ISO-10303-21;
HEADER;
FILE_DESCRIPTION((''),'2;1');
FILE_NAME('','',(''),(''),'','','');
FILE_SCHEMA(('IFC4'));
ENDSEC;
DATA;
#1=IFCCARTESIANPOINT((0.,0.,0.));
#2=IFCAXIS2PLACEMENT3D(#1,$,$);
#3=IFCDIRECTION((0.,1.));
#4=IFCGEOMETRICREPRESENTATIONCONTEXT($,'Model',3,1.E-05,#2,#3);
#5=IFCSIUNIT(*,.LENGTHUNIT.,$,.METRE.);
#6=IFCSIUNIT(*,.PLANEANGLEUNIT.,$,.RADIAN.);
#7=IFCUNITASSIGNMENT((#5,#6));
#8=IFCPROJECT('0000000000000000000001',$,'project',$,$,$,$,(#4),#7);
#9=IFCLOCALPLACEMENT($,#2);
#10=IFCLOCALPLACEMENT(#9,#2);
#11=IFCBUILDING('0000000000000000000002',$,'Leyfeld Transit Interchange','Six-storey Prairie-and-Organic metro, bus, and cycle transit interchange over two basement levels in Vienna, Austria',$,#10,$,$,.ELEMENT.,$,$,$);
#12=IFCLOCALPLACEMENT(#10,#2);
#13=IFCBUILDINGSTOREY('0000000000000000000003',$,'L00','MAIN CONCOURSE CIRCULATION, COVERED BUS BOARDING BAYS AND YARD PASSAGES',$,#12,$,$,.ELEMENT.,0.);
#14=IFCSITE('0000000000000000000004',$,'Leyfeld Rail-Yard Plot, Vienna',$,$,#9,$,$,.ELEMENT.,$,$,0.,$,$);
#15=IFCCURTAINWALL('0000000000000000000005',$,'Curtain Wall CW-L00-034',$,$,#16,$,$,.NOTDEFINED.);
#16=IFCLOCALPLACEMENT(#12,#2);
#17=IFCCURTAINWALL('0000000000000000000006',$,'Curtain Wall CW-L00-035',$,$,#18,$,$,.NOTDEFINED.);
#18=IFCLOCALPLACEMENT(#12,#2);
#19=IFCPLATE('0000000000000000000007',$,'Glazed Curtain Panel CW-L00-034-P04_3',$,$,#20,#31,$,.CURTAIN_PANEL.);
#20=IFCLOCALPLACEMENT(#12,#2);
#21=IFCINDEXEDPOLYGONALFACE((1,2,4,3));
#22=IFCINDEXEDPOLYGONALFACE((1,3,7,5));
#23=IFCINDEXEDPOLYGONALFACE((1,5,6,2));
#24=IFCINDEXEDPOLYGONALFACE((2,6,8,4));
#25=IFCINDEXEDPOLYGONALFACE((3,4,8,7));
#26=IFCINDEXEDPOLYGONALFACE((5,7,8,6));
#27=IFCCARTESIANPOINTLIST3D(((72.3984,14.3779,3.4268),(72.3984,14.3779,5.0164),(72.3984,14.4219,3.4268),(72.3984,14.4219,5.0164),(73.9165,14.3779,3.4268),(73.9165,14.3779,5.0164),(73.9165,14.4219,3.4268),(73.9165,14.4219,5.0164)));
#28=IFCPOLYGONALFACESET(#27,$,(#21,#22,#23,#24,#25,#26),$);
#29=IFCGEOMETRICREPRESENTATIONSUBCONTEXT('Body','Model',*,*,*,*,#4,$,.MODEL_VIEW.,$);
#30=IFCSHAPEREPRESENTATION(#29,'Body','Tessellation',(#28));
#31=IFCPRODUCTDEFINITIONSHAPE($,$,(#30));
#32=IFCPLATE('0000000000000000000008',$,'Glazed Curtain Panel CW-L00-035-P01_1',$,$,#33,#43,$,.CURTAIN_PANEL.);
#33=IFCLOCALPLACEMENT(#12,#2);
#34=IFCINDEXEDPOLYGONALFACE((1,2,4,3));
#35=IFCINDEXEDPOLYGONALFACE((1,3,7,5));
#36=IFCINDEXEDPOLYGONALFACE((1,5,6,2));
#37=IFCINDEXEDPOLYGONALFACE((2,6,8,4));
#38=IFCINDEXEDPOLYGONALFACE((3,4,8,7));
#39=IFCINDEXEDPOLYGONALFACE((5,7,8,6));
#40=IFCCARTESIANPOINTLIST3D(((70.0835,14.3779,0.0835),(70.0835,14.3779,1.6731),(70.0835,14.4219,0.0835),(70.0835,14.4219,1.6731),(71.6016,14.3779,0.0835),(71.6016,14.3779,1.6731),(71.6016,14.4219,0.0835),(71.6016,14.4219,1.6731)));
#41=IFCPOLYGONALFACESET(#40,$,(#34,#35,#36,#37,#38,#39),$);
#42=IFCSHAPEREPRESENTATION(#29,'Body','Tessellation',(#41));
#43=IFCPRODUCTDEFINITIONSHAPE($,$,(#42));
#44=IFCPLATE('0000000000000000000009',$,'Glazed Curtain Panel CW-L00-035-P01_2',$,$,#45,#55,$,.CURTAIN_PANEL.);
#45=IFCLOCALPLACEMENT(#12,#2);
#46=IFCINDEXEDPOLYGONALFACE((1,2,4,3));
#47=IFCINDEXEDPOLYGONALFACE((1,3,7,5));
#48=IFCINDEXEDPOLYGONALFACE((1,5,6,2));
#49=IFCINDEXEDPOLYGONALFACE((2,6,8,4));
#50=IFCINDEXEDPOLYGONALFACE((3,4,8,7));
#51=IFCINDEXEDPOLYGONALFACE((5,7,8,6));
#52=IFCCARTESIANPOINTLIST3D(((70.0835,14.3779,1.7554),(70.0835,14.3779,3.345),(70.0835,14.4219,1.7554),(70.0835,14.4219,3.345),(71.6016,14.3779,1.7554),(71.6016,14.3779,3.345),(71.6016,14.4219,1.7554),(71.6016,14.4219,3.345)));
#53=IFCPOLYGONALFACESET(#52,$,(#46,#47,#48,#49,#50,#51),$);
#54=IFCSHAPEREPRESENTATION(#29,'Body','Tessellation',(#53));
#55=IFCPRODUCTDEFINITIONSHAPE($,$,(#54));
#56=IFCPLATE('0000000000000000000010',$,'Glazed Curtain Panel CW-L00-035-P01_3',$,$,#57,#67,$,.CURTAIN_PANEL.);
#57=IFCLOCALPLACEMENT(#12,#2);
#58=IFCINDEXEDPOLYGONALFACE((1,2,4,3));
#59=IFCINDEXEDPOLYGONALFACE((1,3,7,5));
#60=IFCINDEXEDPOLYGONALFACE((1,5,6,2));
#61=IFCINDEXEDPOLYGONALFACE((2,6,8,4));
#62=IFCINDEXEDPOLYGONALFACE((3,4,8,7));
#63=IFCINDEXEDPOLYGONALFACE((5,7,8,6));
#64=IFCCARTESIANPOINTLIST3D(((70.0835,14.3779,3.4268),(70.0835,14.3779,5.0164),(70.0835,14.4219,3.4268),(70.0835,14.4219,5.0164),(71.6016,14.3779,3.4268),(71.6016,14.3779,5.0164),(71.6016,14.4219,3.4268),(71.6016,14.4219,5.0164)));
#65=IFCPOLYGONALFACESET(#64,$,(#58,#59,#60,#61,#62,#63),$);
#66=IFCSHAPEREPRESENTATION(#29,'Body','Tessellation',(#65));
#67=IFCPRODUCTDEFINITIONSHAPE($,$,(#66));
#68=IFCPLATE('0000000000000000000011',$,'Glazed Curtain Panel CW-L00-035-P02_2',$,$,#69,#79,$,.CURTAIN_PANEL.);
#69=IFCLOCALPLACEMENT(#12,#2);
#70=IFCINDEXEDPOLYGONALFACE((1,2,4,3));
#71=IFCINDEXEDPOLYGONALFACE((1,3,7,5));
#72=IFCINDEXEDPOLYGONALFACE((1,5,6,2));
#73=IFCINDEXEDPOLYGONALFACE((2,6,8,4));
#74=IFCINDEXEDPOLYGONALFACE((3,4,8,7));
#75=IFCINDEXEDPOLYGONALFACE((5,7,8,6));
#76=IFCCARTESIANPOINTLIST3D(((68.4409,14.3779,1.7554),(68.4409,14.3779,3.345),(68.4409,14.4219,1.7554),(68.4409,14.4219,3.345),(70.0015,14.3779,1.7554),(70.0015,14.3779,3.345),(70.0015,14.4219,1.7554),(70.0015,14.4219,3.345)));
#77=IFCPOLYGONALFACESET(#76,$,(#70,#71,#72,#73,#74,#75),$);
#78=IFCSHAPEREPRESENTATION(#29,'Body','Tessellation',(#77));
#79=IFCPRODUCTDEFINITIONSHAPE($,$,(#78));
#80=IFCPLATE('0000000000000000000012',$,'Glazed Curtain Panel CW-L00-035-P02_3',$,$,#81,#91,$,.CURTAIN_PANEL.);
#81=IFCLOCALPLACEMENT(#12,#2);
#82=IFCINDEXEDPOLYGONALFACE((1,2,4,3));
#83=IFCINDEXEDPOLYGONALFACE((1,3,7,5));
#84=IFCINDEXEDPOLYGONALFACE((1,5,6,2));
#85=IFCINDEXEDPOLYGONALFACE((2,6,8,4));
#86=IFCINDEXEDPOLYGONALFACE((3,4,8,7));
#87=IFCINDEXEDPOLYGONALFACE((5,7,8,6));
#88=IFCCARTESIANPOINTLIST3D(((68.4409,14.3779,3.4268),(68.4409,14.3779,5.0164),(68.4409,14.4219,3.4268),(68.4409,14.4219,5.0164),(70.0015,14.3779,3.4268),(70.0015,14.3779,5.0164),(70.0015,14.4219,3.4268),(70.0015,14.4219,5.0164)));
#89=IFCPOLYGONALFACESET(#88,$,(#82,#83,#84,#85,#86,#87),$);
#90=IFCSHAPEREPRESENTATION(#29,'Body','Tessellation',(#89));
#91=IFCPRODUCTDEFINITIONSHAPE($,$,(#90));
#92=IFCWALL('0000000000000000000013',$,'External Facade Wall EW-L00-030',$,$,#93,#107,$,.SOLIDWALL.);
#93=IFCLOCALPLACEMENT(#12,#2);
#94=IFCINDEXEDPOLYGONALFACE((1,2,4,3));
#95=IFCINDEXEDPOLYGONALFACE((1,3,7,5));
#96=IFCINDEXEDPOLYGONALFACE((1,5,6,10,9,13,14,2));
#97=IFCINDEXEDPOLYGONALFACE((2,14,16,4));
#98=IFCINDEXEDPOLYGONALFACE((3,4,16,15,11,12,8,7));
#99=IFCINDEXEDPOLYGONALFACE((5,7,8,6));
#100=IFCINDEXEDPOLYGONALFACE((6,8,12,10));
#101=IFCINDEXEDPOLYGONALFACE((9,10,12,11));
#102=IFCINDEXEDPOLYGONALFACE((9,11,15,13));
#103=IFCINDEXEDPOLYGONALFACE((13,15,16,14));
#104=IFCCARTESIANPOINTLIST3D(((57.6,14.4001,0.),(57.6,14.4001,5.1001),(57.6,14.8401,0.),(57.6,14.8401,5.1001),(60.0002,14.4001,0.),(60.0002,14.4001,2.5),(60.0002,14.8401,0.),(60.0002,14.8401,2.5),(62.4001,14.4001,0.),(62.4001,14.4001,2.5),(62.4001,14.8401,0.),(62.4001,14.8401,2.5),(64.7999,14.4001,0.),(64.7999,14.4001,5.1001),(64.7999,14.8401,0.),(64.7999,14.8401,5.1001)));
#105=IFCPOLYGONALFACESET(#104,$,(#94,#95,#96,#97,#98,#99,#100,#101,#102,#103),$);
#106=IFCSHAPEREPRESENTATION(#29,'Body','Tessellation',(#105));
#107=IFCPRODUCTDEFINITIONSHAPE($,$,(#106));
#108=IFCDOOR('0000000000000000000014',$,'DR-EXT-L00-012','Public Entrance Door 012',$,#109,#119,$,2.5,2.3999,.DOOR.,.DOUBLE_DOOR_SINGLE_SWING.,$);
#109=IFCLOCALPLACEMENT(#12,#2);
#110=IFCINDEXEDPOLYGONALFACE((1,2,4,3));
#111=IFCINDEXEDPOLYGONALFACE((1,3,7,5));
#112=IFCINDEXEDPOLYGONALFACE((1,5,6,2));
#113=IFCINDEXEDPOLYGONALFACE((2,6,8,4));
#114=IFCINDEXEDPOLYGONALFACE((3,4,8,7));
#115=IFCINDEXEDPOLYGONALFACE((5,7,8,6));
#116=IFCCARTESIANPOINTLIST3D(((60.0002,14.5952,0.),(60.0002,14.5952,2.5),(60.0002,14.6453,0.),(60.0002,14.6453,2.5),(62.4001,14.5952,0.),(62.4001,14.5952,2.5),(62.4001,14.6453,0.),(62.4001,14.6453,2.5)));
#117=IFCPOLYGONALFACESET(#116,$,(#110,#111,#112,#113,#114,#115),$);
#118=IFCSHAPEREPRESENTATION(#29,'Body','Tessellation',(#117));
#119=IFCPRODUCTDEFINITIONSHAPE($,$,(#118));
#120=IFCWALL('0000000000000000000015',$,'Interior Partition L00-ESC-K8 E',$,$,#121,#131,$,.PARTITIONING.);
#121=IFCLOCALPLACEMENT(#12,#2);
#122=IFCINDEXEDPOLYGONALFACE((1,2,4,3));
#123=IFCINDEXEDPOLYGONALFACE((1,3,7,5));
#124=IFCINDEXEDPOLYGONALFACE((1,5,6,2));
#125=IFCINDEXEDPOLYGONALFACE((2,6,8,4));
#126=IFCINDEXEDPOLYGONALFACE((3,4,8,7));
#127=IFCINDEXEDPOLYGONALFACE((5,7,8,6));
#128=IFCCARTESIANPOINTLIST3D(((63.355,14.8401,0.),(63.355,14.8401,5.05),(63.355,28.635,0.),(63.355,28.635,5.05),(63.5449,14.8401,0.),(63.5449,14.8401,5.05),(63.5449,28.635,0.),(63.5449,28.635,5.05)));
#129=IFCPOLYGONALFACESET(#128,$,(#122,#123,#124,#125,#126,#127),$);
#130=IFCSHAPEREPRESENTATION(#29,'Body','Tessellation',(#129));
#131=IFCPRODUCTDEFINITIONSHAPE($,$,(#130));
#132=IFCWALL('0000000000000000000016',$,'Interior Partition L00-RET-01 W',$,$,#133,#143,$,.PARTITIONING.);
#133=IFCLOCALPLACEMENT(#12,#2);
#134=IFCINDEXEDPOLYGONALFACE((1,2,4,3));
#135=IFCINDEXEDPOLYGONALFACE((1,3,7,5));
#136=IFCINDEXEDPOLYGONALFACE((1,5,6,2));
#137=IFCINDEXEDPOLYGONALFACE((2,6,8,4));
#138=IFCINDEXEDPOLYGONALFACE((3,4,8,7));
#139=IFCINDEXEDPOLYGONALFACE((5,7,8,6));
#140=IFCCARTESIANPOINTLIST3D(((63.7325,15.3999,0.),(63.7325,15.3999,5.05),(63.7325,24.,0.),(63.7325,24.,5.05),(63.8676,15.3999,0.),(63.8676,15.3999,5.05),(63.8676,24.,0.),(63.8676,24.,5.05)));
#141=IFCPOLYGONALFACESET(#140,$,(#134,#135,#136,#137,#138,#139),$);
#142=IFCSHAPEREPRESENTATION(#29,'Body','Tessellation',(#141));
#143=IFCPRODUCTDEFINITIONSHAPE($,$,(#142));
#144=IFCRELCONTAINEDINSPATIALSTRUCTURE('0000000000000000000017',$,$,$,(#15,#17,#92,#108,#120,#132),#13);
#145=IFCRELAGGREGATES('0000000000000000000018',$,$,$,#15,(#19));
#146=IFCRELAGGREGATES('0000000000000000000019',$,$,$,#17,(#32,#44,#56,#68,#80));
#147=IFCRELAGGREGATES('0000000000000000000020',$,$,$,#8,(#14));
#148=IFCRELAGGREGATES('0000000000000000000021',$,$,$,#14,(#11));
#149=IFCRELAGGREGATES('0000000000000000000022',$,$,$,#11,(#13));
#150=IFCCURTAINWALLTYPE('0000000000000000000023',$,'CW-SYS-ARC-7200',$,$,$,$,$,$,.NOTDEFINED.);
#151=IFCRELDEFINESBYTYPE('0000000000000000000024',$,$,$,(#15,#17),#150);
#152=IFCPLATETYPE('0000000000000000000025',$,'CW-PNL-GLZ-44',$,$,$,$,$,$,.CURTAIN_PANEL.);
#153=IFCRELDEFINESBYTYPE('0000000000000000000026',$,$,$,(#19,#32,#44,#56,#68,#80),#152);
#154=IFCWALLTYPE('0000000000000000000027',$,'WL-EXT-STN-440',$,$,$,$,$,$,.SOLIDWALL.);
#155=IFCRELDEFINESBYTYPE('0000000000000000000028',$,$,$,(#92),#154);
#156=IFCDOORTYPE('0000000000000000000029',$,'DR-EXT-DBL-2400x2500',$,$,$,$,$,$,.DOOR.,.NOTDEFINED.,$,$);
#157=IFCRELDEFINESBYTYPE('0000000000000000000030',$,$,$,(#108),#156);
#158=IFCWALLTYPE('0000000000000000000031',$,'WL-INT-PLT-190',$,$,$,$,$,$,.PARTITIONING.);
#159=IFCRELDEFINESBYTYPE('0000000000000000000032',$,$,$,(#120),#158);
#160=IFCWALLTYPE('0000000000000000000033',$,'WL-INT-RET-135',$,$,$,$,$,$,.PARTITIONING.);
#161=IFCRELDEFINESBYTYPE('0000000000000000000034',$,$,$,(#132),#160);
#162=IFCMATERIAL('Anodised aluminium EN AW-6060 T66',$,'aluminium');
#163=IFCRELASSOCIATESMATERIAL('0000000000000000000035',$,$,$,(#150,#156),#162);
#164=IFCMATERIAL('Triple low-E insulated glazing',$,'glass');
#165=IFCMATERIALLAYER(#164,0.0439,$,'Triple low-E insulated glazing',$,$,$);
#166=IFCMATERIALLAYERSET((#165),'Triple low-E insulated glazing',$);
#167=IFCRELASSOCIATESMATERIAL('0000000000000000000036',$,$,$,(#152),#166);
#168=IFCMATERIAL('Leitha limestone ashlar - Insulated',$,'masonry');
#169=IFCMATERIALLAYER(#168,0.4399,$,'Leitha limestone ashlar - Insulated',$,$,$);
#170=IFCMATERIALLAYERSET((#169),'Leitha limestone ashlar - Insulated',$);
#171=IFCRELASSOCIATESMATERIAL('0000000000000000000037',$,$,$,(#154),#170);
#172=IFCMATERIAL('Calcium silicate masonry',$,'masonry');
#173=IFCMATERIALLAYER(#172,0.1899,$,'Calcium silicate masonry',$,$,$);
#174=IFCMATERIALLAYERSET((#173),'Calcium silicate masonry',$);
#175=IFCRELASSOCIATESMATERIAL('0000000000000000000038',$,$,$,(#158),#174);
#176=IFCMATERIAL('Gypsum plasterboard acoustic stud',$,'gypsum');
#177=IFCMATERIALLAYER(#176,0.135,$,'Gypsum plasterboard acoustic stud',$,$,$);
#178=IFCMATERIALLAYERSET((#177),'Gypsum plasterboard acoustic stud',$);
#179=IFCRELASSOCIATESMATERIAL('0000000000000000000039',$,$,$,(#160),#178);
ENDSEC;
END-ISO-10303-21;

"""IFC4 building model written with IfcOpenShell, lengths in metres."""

from ifc_helpers import new_model, si_unit, direction, frame, frame_2d, origin, origin_2d, place, context, subcontext, project, spatial, rectangle, extrude, material, layer, layer_set, type_object, element, fill, aggregate, save


model = new_model("IFC4")

# Units and contexts
model_context = context("Model", 3, precision=1e-05, world=origin(), true_north=direction((0.0, 1.0)))
body_context = subcontext(model_context, "Body", "Model", "MODEL_VIEW")
ifc_project = project(units=[si_unit("LENGTHUNIT", "METRE"), si_unit("PLANEANGLEUNIT", "RADIAN")], contexts=[model_context])

# Site, building, storey
site_placement = place(None, origin())
site = spatial("IfcSite", under=ifc_project, at=site_placement, Name="Leyfeld Rail-Yard Plot, Vienna", CompositionType="ELEMENT", RefElevation=0.0)
building_placement = place(site_placement, origin())
building = spatial("IfcBuilding", under=site, at=building_placement, Name="Leyfeld Transit Interchange", Description="Six-storey Prairie-and-Organic metro, bus, and cycle transit interchange over two basement levels in Vienna, Austria", CompositionType="ELEMENT")
storey_placement = place(building_placement, origin())
storey = spatial("IfcBuildingStorey", under=building, at=storey_placement, Name="L00", Description="MAIN CONCOURSE CIRCULATION, COVERED BUS BOARDING BAYS AND YARD PASSAGES", CompositionType="ELEMENT", Elevation=0.0)

# Curtain walls
ifc_material_1 = material(Name="Anodised aluminium EN AW-6060 T66", Category="aluminium")
curtain_wall_type = type_object("IfcCurtainWallType", Name="CW-SYS-ARC-7200", PredefinedType="NOTDEFINED", material=ifc_material_1)
curtain_wall_1_placement = place(storey_placement, origin())
curtain_wall_1 = element("IfcCurtainWall", 1, at=curtain_wall_1_placement, inside=storey, type_object=curtain_wall_type, Name="Curtain Wall CW-L00-034", PredefinedType="NOTDEFINED")
curtain_wall_2_placement = place(storey_placement, origin())
curtain_wall_2 = element("IfcCurtainWall", 2, at=curtain_wall_2_placement, inside=storey, type_object=curtain_wall_type, Name="Curtain Wall CW-L00-035", PredefinedType="NOTDEFINED")

# Plates
ifc_material_2 = material(Name="Triple low-E insulated glazing", Category="glass")
ifc_layer_1 = layer(ifc_material_2, 0.0439, Name="Triple low-E insulated glazing")
ifc_layer_set_1 = layer_set([ifc_layer_1], Name="Triple low-E insulated glazing")
plate_type = type_object("IfcPlateType", Name="CW-PNL-GLZ-44", PredefinedType="CURTAIN_PANEL", material=ifc_layer_set_1)
plate_1_placement = place(storey_placement, frame((73.1575, 14.3999, 3.4268), z_axis=(0.0, 0.0, 1.0), x_axis=(-1.0, 0.0, 0.0)))
plate_1 = element("IfcPlate", 3, at=plate_1_placement, type_object=plate_type, Name="Glazed Curtain Panel CW-L00-034-P04_3", PredefinedType="CURTAIN_PANEL", context=body_context, shape_type="SweptSolid", body=[
    extrude(rectangle(XDim=1.5181, YDim=0.0439, at=origin_2d()), origin(), (0.0, 0.0, 1.0), 1.5896),
])
aggregate(curtain_wall_1, [plate_1])
plate_2_placement = place(storey_placement, frame((70.8425, 14.3999, 0.0835), z_axis=(0.0, 0.0, 1.0), x_axis=(-1.0, 0.0, 0.0)))
plate_2 = element("IfcPlate", 4, at=plate_2_placement, type_object=plate_type, Name="Glazed Curtain Panel CW-L00-035-P01_1", PredefinedType="CURTAIN_PANEL", context=body_context, shape_type="SweptSolid", body=[
    extrude(rectangle(XDim=1.5181, YDim=0.0439, at=origin_2d()), origin(), (0.0, 0.0, 1.0), 1.5896),
])
plate_3_placement = place(storey_placement, frame((70.8425, 14.3999, 1.7554), z_axis=(0.0, 0.0, 1.0), x_axis=(-1.0, 0.0, 0.0)))
plate_3 = element("IfcPlate", 5, at=plate_3_placement, type_object=plate_type, Name="Glazed Curtain Panel CW-L00-035-P01_2", PredefinedType="CURTAIN_PANEL", context=body_context, shape_type="SweptSolid", body=[
    extrude(rectangle(XDim=1.5181, YDim=0.0439, at=origin_2d()), origin(), (0.0, 0.0, 1.0), 1.5896),
])
plate_4_placement = place(storey_placement, frame((70.8425, 14.3999, 3.4268), z_axis=(0.0, 0.0, 1.0), x_axis=(-1.0, 0.0, 0.0)))
plate_4 = element("IfcPlate", 6, at=plate_4_placement, type_object=plate_type, Name="Glazed Curtain Panel CW-L00-035-P01_3", PredefinedType="CURTAIN_PANEL", context=body_context, shape_type="SweptSolid", body=[
    extrude(rectangle(XDim=1.5181, YDim=0.0439, at=origin_2d()), origin(), (0.0, 0.0, 1.0), 1.5896),
])
plate_5_placement = place(storey_placement, frame((69.2212, 14.3999, 1.7554), z_axis=(0.0, 0.0, 1.0), x_axis=(-1.0, 0.0, 0.0)))
plate_5 = element("IfcPlate", 7, at=plate_5_placement, type_object=plate_type, Name="Glazed Curtain Panel CW-L00-035-P02_2", PredefinedType="CURTAIN_PANEL", context=body_context, shape_type="SweptSolid", body=[
    extrude(rectangle(XDim=1.5605, YDim=0.0439, at=origin_2d()), origin(), (0.0, 0.0, 1.0), 1.5896),
])
plate_6_placement = place(storey_placement, frame((69.2212, 14.3999, 3.4268), z_axis=(0.0, 0.0, 1.0), x_axis=(-1.0, 0.0, 0.0)))
plate_6 = element("IfcPlate", 8, at=plate_6_placement, type_object=plate_type, Name="Glazed Curtain Panel CW-L00-035-P02_3", PredefinedType="CURTAIN_PANEL", context=body_context, shape_type="SweptSolid", body=[
    extrude(rectangle(XDim=1.5605, YDim=0.0439, at=origin_2d()), origin(), (0.0, 0.0, 1.0), 1.5896),
])
aggregate(curtain_wall_2, [plate_2, plate_3, plate_4, plate_5, plate_6])

# Wall, opening, door
ifc_material_3 = material(Name="Leitha limestone ashlar - Insulated", Category="masonry")
ifc_layer_2 = layer(ifc_material_3, 0.4399, Name="Leitha limestone ashlar - Insulated")
ifc_layer_set_2 = layer_set([ifc_layer_2], Name="Leitha limestone ashlar - Insulated")
wall_type_1 = type_object("IfcWallType", Name="WL-EXT-STN-440", PredefinedType="SOLIDWALL", material=ifc_layer_set_2)
wall_1_placement = place(storey_placement, frame((64.8, 14.6201, 0.0), z_axis=(0.0, 0.0, 1.0), x_axis=(-1.0, 0.0, 0.0)))
wall_1 = element("IfcWall", 9, at=wall_1_placement, inside=storey, type_object=wall_type_1, Name="External Facade Wall EW-L00-030", PredefinedType="SOLIDWALL", context=body_context, shape_type="SweptSolid", body=[
    extrude(rectangle(XDim=7.2, YDim=0.4399, at=frame_2d((3.6001, 0.0))), origin(), (0.0, 0.0, 1.0), 5.1001),
])
opening_placement = place(wall_1_placement, frame((2.3999, 0.0, 0.0)))
opening = element("IfcOpeningElement", 10, at=opening_placement, cuts=wall_1, PredefinedType="OPENING", context=body_context, shape_type="SweptSolid", body=[
    extrude(rectangle(XDim=2.3999, YDim=2.5, at=frame_2d((1.2, 1.25))), frame((0.0, 0.23, 0.0), z_axis=(0.0, -1.0, 0.0), x_axis=(1.0, 0.0, 0.0)), (0.0, 0.0, 1.0), 0.46),
])
door_type = type_object("IfcDoorType", Name="DR-EXT-DBL-2400x2500", OperationType="NOTDEFINED", PredefinedType="DOOR", material=ifc_material_1)
door_placement = place(opening_placement, origin())
door = element("IfcDoor", 11, at=door_placement, inside=storey, type_object=door_type, Name="DR-EXT-L00-012", Description="Public Entrance Door 012", OperationType="DOUBLE_DOOR_SINGLE_SWING", OverallHeight=2.5, OverallWidth=2.3999, PredefinedType="DOOR", context=body_context, shape_type="SweptSolid", body=[
    extrude(rectangle(XDim=2.3999, YDim=2.5, at=frame_2d((1.2, 1.25))), frame((0.0, 0.0249, 0.0), z_axis=(0.0, -1.0, 0.0), x_axis=(1.0, 0.0, 0.0)), (0.0, 0.0, 1.0), 0.05),
])
fill(opening, door)

# Walls
ifc_material_4 = material(Name="Calcium silicate masonry", Category="masonry")
ifc_layer_3 = layer(ifc_material_4, 0.1899, Name="Calcium silicate masonry")
ifc_layer_set_3 = layer_set([ifc_layer_3], Name="Calcium silicate masonry")
wall_type_2 = type_object("IfcWallType", Name="WL-INT-PLT-190", PredefinedType="PARTITIONING", material=ifc_layer_set_3)
wall_2_placement = place(storey_placement, frame((63.45, 14.8401, 0.0), z_axis=(0.0, 0.0, 1.0), x_axis=(0.0, 1.0, 0.0)))
element("IfcWall", 12, at=wall_2_placement, inside=storey, type_object=wall_type_2, Name="Interior Partition L00-ESC-K8 E", PredefinedType="PARTITIONING", context=body_context, shape_type="SweptSolid", body=[
    extrude(rectangle(XDim=13.7949, YDim=0.1899, at=frame_2d((6.8975, 0.0))), origin(), (0.0, 0.0, 1.0), 5.05),
])
ifc_material_5 = material(Name="Gypsum plasterboard acoustic stud", Category="gypsum")
ifc_layer_4 = layer(ifc_material_5, 0.135, Name="Gypsum plasterboard acoustic stud")
ifc_layer_set_4 = layer_set([ifc_layer_4], Name="Gypsum plasterboard acoustic stud")
wall_type_3 = type_object("IfcWallType", Name="WL-INT-RET-135", PredefinedType="PARTITIONING", material=ifc_layer_set_4)
wall_3_placement = place(storey_placement, frame((63.8, 15.3999, 0.0), z_axis=(0.0, 0.0, 1.0), x_axis=(0.0, 1.0, 0.0)))
element("IfcWall", 13, at=wall_3_placement, inside=storey, type_object=wall_type_3, Name="Interior Partition L00-RET-01 W", PredefinedType="PARTITIONING", context=body_context, shape_type="SweptSolid", body=[
    extrude(rectangle(XDim=8.6001, YDim=0.135, at=frame_2d((4.3, 0.0))), origin(), (0.0, 0.0, 1.0), 5.05),
])

save(model, "model.ifc")
